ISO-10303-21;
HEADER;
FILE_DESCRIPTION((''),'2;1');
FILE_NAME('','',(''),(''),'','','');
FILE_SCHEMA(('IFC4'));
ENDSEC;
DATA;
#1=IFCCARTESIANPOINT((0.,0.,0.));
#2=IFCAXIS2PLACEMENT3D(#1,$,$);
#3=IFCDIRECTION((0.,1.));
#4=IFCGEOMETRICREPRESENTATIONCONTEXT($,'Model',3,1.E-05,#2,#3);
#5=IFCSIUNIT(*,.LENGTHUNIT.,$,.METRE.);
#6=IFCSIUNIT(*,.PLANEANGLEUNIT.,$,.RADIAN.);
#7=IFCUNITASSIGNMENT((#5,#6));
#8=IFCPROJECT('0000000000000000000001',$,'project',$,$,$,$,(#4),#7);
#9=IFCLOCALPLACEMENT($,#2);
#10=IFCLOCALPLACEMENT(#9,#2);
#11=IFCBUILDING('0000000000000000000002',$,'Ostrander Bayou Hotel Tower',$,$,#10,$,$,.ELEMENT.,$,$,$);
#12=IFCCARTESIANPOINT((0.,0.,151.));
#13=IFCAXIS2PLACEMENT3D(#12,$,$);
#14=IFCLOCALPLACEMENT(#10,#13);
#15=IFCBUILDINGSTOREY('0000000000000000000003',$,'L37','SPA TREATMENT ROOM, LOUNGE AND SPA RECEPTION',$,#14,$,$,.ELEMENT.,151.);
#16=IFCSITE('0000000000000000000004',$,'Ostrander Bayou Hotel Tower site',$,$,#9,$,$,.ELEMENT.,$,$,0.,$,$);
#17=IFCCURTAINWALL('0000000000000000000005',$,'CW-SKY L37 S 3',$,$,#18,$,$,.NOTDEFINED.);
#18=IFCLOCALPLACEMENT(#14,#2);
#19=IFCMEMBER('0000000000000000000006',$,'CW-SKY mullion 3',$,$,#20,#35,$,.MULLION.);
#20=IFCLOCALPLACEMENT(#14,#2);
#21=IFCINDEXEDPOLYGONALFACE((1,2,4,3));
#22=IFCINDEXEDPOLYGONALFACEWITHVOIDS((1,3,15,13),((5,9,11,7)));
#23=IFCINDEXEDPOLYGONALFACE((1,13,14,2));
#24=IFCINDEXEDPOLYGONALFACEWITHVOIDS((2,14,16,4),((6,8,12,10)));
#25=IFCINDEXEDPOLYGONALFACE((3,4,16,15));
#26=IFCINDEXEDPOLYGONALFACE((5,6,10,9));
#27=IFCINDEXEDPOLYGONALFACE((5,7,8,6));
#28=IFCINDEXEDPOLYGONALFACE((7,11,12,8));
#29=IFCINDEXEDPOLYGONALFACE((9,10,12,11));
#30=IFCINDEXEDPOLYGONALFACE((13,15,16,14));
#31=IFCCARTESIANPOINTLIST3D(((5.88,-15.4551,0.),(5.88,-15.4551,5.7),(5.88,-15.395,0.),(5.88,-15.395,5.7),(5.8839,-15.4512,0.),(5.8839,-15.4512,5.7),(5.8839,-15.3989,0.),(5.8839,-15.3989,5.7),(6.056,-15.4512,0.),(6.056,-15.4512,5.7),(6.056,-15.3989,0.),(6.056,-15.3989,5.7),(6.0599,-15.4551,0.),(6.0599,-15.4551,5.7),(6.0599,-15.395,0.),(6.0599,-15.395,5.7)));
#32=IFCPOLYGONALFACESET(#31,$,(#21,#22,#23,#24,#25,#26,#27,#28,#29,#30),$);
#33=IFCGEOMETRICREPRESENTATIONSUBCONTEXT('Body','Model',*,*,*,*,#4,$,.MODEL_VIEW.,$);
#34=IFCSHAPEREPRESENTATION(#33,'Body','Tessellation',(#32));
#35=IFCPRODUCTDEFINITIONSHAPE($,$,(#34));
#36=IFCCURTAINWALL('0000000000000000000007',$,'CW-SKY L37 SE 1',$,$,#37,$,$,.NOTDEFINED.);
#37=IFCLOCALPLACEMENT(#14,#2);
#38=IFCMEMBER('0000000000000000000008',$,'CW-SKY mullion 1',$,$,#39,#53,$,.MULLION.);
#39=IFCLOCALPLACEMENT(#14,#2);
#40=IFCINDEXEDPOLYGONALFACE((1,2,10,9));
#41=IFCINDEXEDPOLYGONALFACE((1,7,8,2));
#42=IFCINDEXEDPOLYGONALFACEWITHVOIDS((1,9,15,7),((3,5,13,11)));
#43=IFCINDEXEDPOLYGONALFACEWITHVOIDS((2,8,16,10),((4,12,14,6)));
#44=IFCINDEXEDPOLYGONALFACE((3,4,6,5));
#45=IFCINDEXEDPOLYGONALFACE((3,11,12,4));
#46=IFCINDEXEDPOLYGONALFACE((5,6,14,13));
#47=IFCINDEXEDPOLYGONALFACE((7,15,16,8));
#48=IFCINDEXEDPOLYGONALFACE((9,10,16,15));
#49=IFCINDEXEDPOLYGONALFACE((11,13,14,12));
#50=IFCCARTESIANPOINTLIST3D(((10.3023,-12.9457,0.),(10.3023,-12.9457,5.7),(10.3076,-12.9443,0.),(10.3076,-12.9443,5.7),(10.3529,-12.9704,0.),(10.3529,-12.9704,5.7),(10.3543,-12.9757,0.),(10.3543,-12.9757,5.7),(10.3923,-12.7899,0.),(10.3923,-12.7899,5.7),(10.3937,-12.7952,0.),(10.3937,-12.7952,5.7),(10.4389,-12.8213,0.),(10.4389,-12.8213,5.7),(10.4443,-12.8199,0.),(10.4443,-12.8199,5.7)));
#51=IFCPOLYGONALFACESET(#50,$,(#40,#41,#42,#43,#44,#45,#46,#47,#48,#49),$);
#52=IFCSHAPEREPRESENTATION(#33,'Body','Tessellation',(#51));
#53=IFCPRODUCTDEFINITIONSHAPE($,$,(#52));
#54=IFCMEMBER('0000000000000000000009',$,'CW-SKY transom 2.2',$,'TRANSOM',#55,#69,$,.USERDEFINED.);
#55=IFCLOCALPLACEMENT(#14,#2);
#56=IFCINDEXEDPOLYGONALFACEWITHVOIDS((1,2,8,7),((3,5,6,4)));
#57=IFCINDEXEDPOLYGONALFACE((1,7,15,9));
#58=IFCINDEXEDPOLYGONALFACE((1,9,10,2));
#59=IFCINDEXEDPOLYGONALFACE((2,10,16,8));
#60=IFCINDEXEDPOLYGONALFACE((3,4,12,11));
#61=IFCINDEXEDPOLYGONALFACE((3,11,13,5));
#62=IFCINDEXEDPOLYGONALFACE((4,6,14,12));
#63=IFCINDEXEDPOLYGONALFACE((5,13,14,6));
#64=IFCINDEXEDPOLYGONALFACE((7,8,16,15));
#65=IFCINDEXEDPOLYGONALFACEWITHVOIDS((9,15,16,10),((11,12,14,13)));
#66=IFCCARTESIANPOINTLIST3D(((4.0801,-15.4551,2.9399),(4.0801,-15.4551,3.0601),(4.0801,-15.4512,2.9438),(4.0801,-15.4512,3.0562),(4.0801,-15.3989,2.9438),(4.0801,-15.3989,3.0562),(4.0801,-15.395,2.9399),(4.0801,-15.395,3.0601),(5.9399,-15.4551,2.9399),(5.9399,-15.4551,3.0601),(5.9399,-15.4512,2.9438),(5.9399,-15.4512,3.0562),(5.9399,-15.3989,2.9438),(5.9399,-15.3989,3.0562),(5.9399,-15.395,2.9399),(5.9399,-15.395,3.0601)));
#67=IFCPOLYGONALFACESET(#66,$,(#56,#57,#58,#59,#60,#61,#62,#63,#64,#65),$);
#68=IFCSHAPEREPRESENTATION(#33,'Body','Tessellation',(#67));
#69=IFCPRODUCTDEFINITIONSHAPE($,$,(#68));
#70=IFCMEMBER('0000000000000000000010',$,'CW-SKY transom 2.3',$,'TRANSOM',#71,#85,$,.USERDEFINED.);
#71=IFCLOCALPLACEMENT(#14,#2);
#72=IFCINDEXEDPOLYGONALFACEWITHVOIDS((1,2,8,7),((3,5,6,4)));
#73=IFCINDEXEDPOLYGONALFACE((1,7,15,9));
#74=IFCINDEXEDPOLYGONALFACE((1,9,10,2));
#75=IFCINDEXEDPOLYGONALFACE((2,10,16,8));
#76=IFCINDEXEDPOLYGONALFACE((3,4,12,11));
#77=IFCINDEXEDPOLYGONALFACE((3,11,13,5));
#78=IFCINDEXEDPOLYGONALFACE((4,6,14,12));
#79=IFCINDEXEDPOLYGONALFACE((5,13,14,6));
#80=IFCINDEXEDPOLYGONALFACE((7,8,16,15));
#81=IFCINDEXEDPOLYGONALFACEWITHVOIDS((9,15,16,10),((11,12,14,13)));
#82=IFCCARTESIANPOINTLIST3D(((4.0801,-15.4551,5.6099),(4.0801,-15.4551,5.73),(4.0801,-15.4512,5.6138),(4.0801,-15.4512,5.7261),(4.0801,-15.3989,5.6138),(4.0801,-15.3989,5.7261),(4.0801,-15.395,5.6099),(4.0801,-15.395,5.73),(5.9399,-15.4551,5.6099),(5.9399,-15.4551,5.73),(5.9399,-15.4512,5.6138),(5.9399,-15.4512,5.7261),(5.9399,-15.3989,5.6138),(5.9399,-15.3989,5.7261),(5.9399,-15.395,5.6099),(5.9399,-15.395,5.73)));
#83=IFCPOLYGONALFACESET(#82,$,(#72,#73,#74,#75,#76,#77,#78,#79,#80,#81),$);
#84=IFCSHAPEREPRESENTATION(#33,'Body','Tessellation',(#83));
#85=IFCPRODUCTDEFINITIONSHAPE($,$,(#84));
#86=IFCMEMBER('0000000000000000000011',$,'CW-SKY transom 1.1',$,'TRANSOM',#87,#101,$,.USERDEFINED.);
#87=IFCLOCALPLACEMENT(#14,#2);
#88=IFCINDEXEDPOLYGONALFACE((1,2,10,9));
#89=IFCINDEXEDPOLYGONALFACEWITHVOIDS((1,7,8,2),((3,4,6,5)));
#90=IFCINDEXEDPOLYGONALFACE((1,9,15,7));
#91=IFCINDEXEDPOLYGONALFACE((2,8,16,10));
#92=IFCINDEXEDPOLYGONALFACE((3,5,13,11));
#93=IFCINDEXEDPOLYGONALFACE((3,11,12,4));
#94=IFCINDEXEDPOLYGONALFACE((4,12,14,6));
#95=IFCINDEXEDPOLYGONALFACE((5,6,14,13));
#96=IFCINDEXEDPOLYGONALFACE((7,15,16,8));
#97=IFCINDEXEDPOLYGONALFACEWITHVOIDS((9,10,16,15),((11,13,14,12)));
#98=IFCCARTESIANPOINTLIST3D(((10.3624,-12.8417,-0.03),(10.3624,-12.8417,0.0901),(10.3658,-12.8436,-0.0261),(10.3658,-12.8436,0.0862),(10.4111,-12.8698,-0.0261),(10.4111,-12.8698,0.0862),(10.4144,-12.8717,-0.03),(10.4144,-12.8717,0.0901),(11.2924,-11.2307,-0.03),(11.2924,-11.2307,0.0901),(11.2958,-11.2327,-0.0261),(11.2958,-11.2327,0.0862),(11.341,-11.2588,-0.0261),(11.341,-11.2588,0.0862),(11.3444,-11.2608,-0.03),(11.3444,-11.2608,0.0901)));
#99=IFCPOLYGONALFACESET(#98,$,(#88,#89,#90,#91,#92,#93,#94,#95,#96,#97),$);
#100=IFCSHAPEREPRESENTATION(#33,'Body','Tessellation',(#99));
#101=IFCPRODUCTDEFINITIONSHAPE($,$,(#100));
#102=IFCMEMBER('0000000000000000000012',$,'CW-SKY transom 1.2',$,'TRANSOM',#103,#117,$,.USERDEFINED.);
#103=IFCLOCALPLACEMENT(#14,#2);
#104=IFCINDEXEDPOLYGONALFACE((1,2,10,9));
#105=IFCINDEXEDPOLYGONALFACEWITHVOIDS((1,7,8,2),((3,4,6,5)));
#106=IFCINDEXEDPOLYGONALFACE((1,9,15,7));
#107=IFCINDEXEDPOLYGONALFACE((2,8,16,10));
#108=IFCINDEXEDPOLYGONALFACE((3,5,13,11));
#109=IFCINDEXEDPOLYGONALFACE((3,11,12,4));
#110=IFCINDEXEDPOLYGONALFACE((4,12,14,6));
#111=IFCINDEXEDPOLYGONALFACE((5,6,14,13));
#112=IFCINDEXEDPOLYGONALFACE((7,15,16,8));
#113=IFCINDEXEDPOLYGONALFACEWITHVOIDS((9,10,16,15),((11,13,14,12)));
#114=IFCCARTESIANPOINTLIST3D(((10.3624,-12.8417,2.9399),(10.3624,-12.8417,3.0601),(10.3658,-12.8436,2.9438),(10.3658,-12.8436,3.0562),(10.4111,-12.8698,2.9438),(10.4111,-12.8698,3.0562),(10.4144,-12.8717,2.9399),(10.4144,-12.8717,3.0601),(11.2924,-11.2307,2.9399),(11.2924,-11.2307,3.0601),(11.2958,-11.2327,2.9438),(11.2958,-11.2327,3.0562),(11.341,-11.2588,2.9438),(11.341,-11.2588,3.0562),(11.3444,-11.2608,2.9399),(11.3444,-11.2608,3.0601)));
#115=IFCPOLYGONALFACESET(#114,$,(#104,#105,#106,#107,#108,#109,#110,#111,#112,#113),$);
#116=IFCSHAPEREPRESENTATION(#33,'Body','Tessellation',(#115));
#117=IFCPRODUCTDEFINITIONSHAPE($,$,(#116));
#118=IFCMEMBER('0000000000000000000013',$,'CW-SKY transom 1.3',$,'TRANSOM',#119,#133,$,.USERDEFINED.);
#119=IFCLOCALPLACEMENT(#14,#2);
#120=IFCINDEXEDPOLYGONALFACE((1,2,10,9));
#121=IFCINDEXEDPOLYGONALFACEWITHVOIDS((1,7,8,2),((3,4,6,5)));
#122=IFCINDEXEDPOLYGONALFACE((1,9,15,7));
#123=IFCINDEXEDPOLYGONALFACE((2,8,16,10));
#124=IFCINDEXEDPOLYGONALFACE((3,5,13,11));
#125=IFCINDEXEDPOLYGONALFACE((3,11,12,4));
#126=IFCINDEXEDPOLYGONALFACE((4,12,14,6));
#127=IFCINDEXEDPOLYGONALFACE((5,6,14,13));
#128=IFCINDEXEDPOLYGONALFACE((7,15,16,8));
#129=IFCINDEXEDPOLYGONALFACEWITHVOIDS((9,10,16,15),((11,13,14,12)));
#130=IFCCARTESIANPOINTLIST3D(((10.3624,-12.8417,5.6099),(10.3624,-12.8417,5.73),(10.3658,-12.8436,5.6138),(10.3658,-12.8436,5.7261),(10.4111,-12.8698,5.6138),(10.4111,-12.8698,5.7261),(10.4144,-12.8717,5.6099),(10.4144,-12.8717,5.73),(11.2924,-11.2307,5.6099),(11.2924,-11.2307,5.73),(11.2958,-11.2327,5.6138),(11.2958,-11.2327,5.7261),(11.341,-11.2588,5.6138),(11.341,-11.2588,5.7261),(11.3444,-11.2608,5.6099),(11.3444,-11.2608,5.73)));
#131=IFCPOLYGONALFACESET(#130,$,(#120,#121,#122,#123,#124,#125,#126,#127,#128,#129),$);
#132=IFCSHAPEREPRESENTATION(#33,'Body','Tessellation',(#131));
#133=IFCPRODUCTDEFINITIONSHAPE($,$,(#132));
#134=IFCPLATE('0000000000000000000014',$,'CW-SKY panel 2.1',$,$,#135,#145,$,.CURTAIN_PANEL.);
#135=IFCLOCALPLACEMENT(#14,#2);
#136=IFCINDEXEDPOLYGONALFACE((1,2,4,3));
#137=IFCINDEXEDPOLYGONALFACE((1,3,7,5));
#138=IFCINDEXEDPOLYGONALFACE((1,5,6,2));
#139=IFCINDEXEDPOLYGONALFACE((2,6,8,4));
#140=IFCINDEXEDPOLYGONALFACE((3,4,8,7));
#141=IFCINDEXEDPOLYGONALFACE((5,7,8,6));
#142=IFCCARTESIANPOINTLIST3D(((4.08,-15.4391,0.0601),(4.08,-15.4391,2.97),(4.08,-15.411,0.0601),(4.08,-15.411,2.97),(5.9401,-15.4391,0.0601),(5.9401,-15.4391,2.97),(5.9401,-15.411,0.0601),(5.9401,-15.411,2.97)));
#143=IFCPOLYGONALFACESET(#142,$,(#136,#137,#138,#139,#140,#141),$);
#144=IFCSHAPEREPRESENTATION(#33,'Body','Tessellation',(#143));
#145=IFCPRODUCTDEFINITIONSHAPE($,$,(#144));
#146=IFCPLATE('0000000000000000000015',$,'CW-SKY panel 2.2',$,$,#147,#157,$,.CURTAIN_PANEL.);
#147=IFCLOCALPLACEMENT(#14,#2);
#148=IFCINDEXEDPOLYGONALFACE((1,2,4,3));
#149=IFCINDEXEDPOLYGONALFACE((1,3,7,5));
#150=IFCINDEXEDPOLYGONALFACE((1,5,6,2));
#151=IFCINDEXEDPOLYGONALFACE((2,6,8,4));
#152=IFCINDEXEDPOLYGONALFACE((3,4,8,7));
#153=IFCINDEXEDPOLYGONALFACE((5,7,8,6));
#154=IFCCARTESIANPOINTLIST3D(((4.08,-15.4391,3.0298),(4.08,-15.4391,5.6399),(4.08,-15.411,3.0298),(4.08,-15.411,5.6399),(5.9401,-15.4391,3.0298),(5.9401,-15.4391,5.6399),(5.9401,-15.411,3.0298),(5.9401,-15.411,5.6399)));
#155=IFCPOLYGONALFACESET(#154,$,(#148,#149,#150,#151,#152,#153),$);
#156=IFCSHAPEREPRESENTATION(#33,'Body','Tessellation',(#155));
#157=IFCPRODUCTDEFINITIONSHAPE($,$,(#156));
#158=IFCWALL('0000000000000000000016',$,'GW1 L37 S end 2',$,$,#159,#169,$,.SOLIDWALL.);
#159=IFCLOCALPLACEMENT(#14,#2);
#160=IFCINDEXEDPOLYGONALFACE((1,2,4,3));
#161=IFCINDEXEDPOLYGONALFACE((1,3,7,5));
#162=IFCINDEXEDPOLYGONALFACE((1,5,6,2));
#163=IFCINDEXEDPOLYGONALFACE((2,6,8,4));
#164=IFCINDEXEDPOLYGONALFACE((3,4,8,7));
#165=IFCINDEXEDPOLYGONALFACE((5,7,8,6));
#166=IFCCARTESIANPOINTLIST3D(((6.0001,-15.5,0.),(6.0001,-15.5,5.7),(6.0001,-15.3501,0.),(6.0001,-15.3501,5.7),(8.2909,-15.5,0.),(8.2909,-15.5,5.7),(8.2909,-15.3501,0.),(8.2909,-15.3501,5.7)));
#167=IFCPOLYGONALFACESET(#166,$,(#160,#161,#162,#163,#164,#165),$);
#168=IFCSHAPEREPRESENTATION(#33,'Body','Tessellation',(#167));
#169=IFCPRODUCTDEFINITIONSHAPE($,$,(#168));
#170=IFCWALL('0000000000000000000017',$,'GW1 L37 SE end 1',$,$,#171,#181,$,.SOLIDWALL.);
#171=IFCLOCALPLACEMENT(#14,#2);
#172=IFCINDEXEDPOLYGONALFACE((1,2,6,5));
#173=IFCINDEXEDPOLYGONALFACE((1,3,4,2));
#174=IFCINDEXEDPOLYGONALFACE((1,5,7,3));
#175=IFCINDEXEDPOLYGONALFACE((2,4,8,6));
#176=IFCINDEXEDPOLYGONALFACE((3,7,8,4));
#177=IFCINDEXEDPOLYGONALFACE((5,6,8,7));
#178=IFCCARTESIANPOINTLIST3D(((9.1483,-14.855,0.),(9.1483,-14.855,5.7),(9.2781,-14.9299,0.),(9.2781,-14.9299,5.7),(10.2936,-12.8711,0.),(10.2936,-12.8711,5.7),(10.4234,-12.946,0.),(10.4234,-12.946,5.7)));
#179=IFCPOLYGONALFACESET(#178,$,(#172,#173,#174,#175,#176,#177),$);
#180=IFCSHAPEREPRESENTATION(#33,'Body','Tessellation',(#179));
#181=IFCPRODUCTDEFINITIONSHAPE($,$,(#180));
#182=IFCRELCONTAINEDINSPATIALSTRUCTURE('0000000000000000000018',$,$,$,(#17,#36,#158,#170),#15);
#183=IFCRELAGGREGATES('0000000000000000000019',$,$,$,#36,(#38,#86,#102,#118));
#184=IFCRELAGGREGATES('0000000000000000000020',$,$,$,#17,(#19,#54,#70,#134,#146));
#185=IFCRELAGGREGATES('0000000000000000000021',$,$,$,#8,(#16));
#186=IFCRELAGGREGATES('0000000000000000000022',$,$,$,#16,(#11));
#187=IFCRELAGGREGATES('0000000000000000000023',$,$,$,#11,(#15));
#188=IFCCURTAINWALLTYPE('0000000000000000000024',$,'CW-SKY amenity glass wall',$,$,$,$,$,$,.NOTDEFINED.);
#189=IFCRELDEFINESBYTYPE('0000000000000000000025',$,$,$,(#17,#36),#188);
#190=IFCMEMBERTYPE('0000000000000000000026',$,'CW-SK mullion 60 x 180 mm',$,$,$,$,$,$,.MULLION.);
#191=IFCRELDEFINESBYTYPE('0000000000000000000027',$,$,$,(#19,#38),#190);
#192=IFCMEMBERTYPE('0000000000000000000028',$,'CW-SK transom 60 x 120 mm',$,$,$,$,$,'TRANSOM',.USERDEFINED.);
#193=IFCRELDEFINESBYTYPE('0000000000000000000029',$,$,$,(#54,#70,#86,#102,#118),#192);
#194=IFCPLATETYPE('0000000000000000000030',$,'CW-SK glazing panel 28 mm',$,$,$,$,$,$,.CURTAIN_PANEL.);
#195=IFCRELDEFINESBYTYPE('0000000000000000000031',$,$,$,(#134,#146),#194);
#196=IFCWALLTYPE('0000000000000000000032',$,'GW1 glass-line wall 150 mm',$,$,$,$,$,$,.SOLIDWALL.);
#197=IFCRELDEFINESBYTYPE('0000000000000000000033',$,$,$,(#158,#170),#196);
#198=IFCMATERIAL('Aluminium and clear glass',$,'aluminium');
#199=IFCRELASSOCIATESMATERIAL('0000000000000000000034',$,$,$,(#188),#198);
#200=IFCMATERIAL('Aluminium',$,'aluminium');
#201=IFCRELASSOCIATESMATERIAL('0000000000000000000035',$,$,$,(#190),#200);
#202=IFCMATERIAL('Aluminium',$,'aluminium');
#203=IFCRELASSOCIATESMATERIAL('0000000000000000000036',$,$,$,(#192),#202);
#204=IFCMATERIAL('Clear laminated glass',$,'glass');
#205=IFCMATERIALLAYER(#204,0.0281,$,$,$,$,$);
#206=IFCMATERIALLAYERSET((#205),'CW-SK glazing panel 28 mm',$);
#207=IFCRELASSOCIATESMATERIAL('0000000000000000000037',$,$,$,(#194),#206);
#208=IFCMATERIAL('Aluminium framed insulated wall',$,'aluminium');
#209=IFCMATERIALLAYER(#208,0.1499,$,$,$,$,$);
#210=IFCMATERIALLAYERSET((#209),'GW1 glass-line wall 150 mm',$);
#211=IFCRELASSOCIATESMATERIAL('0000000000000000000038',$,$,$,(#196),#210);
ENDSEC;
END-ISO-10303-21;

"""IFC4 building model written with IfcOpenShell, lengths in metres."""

from ifc_helpers import new_model, si_unit, direction, frame, frame_2d, origin, origin_2d, place, context, subcontext, project, spatial, rectangle, hollow_rectangle, extrude, material, layer, layer_set, material_profile, profile_set, type_object, element, aggregate, save


model = new_model("IFC4")

# Units and contexts
model_context = context("Model", 3, precision=1e-05, world=origin(), true_north=direction((0.0, 1.0)))
body_context = subcontext(model_context, "Body", "Model", "MODEL_VIEW")
ifc_project = project(units=[si_unit("LENGTHUNIT", "METRE"), si_unit("PLANEANGLEUNIT", "RADIAN")], contexts=[model_context])

# Site, building, storey
site_placement = place(None, origin())
site = spatial("IfcSite", under=ifc_project, at=site_placement, Name="Ostrander Bayou Hotel Tower site", CompositionType="ELEMENT", RefElevation=0.0)
building_placement = place(site_placement, origin())
building = spatial("IfcBuilding", under=site, at=building_placement, Name="Ostrander Bayou Hotel Tower", CompositionType="ELEMENT")
storey_placement = place(building_placement, frame((0.0, 0.0, 151.0)))
storey = spatial("IfcBuildingStorey", under=building, at=storey_placement, Name="L37", Description="SPA TREATMENT ROOM, LOUNGE AND SPA RECEPTION", CompositionType="ELEMENT", Elevation=151.0)

# Curtain walls, members
ifc_material_1 = material(Name="Aluminium and clear glass", Category="aluminium")
curtain_wall_type = type_object("IfcCurtainWallType", Name="CW-SKY amenity glass wall", PredefinedType="NOTDEFINED", material=ifc_material_1)
curtain_wall_1_placement = place(storey_placement, origin())
curtain_wall_1 = element("IfcCurtainWall", 1, at=curtain_wall_1_placement, inside=storey, type_object=curtain_wall_type, Name="CW-SKY L37 S 3", PredefinedType="NOTDEFINED")
ifc_material_2 = material(Name="Aluminium", Category="aluminium")
ifc_material_profile_1 = material_profile(ifc_material_2, hollow_rectangle(XDim=0.0601, YDim=0.1799, WallThickness=0.0039, at=origin_2d()))
ifc_profile_set_1 = profile_set([ifc_material_profile_1], Name="Aluminium")
member_type_1 = type_object("IfcMemberType", Name="CW-SK mullion 60 x 180 mm", PredefinedType="MULLION", material=ifc_profile_set_1)
member_1_placement = place(storey_placement, frame((5.97, -15.425, 0.0), z_axis=(0.0, 0.0, 1.0), x_axis=(0.0, 1.0, 0.0)))
member_1 = element("IfcMember", 2, at=member_1_placement, type_object=member_type_1, Name="CW-SKY mullion 3", PredefinedType="MULLION", context=body_context, shape_type="SweptSolid", body=[
    extrude(hollow_rectangle(XDim=0.0601, YDim=0.1799, WallThickness=0.0039, at=origin_2d()), origin(), (0.0, 0.0, 1.0), 5.7),
])
curtain_wall_2_placement = place(storey_placement, origin())
curtain_wall_2 = element("IfcCurtainWall", 3, at=curtain_wall_2_placement, inside=storey, type_object=curtain_wall_type, Name="CW-SKY L37 SE 1", PredefinedType="NOTDEFINED")
member_2_placement = place(storey_placement, frame((10.3733, -12.8828, 0.0), z_axis=(0.0, 0.0, 1.0), x_axis=(-0.866025, 0.5, 0.0)))
member_2 = element("IfcMember", 4, at=member_2_placement, type_object=member_type_1, Name="CW-SKY mullion 1", PredefinedType="MULLION", context=body_context, shape_type="SweptSolid", body=[
    extrude(hollow_rectangle(XDim=0.0601, YDim=0.1799, WallThickness=0.0039, at=origin_2d()), origin(), (0.0, 0.0, 1.0), 5.7),
])

# Members
ifc_material_3 = material(Name="Aluminium", Category="aluminium")
ifc_material_profile_2 = material_profile(ifc_material_3, hollow_rectangle(XDim=0.0601, YDim=0.1201, WallThickness=0.0039, at=origin_2d()))
ifc_profile_set_2 = profile_set([ifc_material_profile_2], Name="Aluminium")
member_type_2 = type_object("IfcMemberType", Name="CW-SK transom 60 x 120 mm", ElementType="TRANSOM", PredefinedType="USERDEFINED", material=ifc_profile_set_2)
member_3_placement = place(storey_placement, frame((4.0801, -15.425, 3.0), z_axis=(1.0, 0.0, 0.0), x_axis=(0.0, 1.0, 0.0)))
member_3 = element("IfcMember", 5, at=member_3_placement, type_object=member_type_2, Name="CW-SKY transom 2.2", ObjectType="TRANSOM", PredefinedType="USERDEFINED", context=body_context, shape_type="SweptSolid", body=[
    extrude(hollow_rectangle(XDim=0.0601, YDim=0.1201, WallThickness=0.0039, at=origin_2d()), origin(), (0.0, 0.0, 1.0), 1.8599),
])
member_4_placement = place(storey_placement, frame((4.0801, -15.425, 5.6699), z_axis=(1.0, 0.0, 0.0), x_axis=(0.0, 1.0, 0.0)))
member_4 = element("IfcMember", 6, at=member_4_placement, type_object=member_type_2, Name="CW-SKY transom 2.3", ObjectType="TRANSOM", PredefinedType="USERDEFINED", context=body_context, shape_type="SweptSolid", body=[
    extrude(hollow_rectangle(XDim=0.0601, YDim=0.1201, WallThickness=0.0039, at=origin_2d()), origin(), (0.0, 0.0, 1.0), 1.8599),
])
member_5_placement = place(storey_placement, frame((10.3884, -12.8567, 0.03), z_axis=(0.499965, 0.866046, 0.0), x_axis=(-0.866046, 0.499965, 0.0)))
member_5 = element("IfcMember", 7, at=member_5_placement, type_object=member_type_2, Name="CW-SKY transom 1.1", ObjectType="TRANSOM", PredefinedType="USERDEFINED", context=body_context, shape_type="SweptSolid", body=[
    extrude(hollow_rectangle(XDim=0.0601, YDim=0.1201, WallThickness=0.0039, at=origin_2d()), origin(), (0.0, 0.0, 1.0), 1.8601),
])
member_6_placement = place(storey_placement, frame((10.3884, -12.8567, 3.0), z_axis=(0.499965, 0.866046, 0.0), x_axis=(-0.866046, 0.499965, 0.0)))
member_6 = element("IfcMember", 8, at=member_6_placement, type_object=member_type_2, Name="CW-SKY transom 1.2", ObjectType="TRANSOM", PredefinedType="USERDEFINED", context=body_context, shape_type="SweptSolid", body=[
    extrude(hollow_rectangle(XDim=0.0601, YDim=0.1201, WallThickness=0.0039, at=origin_2d()), origin(), (0.0, 0.0, 1.0), 1.8601),
])
member_7_placement = place(storey_placement, frame((10.3884, -12.8567, 5.6699), z_axis=(0.499965, 0.866046, 0.0), x_axis=(-0.866046, 0.499965, 0.0)))
member_7 = element("IfcMember", 9, at=member_7_placement, type_object=member_type_2, Name="CW-SKY transom 1.3", ObjectType="TRANSOM", PredefinedType="USERDEFINED", context=body_context, shape_type="SweptSolid", body=[
    extrude(hollow_rectangle(XDim=0.0601, YDim=0.1201, WallThickness=0.0039, at=origin_2d()), origin(), (0.0, 0.0, 1.0), 1.8601),
])
aggregate(curtain_wall_2, [member_2, member_5, member_6, member_7])

# Plates
ifc_material_4 = material(Name="Clear laminated glass", Category="glass")
ifc_layer_1 = layer(ifc_material_4, 0.0281)
ifc_layer_set_1 = layer_set([ifc_layer_1], Name="CW-SK glazing panel 28 mm")
plate_type = type_object("IfcPlateType", Name="CW-SK glazing panel 28 mm", PredefinedType="CURTAIN_PANEL", material=ifc_layer_set_1)
plate_1_placement = place(storey_placement, frame((5.01, -15.425, 0.0601), z_axis=(0.0, 0.0, 1.0), x_axis=(1.0, 0.0, 0.0)))
plate_1 = element("IfcPlate", 10, at=plate_1_placement, type_object=plate_type, Name="CW-SKY panel 2.1", PredefinedType="CURTAIN_PANEL", context=body_context, shape_type="SweptSolid", body=[
    extrude(rectangle(XDim=1.8601, YDim=0.0281, at=origin_2d()), origin(), (0.0, 0.0, 1.0), 2.9099),
])
plate_2_placement = place(storey_placement, frame((5.01, -15.425, 3.0298), z_axis=(0.0, 0.0, 1.0), x_axis=(1.0, 0.0, 0.0)))
plate_2 = element("IfcPlate", 11, at=plate_2_placement, type_object=plate_type, Name="CW-SKY panel 2.2", PredefinedType="CURTAIN_PANEL", context=body_context, shape_type="SweptSolid", body=[
    extrude(rectangle(XDim=1.8601, YDim=0.0281, at=origin_2d()), origin(), (0.0, 0.0, 1.0), 2.6101),
])
aggregate(curtain_wall_1, [member_1, member_3, member_4, plate_1, plate_2])

# Walls
ifc_material_5 = material(Name="Aluminium framed insulated wall", Category="aluminium")
ifc_layer_2 = layer(ifc_material_5, 0.1499)
ifc_layer_set_2 = layer_set([ifc_layer_2], Name="GW1 glass-line wall 150 mm")
wall_type_1 = type_object("IfcWallType", Name="GW1 glass-line wall 150 mm", PredefinedType="SOLIDWALL", material=ifc_layer_set_2)
for number, where, z_axis, x_axis, name in (
    (12, (6.0, -15.425, 0.0), (0.0, 0.0, 1.0), (1.0, 0.0, 0.0), "GW1 L37 S end 2"),
    (13, (9.2131, -14.8926, 0.0), (0.0, 0.0, 1.0), (0.499956, 0.866051, 0.0), "GW1 L37 SE end 1"),
):
    element("IfcWall", number, at=place(storey_placement, frame(where, z_axis=z_axis, x_axis=x_axis)), inside=storey, type_object=wall_type_1, Name=name, PredefinedType="SOLIDWALL", context=body_context, shape_type="SweptSolid", body=[
        extrude(rectangle(XDim=2.2908, YDim=0.1499, at=frame_2d((1.1455, 0.0))), origin(), (0.0, 0.0, 1.0), 5.7),
    ])

save(model, "model.ifc")
